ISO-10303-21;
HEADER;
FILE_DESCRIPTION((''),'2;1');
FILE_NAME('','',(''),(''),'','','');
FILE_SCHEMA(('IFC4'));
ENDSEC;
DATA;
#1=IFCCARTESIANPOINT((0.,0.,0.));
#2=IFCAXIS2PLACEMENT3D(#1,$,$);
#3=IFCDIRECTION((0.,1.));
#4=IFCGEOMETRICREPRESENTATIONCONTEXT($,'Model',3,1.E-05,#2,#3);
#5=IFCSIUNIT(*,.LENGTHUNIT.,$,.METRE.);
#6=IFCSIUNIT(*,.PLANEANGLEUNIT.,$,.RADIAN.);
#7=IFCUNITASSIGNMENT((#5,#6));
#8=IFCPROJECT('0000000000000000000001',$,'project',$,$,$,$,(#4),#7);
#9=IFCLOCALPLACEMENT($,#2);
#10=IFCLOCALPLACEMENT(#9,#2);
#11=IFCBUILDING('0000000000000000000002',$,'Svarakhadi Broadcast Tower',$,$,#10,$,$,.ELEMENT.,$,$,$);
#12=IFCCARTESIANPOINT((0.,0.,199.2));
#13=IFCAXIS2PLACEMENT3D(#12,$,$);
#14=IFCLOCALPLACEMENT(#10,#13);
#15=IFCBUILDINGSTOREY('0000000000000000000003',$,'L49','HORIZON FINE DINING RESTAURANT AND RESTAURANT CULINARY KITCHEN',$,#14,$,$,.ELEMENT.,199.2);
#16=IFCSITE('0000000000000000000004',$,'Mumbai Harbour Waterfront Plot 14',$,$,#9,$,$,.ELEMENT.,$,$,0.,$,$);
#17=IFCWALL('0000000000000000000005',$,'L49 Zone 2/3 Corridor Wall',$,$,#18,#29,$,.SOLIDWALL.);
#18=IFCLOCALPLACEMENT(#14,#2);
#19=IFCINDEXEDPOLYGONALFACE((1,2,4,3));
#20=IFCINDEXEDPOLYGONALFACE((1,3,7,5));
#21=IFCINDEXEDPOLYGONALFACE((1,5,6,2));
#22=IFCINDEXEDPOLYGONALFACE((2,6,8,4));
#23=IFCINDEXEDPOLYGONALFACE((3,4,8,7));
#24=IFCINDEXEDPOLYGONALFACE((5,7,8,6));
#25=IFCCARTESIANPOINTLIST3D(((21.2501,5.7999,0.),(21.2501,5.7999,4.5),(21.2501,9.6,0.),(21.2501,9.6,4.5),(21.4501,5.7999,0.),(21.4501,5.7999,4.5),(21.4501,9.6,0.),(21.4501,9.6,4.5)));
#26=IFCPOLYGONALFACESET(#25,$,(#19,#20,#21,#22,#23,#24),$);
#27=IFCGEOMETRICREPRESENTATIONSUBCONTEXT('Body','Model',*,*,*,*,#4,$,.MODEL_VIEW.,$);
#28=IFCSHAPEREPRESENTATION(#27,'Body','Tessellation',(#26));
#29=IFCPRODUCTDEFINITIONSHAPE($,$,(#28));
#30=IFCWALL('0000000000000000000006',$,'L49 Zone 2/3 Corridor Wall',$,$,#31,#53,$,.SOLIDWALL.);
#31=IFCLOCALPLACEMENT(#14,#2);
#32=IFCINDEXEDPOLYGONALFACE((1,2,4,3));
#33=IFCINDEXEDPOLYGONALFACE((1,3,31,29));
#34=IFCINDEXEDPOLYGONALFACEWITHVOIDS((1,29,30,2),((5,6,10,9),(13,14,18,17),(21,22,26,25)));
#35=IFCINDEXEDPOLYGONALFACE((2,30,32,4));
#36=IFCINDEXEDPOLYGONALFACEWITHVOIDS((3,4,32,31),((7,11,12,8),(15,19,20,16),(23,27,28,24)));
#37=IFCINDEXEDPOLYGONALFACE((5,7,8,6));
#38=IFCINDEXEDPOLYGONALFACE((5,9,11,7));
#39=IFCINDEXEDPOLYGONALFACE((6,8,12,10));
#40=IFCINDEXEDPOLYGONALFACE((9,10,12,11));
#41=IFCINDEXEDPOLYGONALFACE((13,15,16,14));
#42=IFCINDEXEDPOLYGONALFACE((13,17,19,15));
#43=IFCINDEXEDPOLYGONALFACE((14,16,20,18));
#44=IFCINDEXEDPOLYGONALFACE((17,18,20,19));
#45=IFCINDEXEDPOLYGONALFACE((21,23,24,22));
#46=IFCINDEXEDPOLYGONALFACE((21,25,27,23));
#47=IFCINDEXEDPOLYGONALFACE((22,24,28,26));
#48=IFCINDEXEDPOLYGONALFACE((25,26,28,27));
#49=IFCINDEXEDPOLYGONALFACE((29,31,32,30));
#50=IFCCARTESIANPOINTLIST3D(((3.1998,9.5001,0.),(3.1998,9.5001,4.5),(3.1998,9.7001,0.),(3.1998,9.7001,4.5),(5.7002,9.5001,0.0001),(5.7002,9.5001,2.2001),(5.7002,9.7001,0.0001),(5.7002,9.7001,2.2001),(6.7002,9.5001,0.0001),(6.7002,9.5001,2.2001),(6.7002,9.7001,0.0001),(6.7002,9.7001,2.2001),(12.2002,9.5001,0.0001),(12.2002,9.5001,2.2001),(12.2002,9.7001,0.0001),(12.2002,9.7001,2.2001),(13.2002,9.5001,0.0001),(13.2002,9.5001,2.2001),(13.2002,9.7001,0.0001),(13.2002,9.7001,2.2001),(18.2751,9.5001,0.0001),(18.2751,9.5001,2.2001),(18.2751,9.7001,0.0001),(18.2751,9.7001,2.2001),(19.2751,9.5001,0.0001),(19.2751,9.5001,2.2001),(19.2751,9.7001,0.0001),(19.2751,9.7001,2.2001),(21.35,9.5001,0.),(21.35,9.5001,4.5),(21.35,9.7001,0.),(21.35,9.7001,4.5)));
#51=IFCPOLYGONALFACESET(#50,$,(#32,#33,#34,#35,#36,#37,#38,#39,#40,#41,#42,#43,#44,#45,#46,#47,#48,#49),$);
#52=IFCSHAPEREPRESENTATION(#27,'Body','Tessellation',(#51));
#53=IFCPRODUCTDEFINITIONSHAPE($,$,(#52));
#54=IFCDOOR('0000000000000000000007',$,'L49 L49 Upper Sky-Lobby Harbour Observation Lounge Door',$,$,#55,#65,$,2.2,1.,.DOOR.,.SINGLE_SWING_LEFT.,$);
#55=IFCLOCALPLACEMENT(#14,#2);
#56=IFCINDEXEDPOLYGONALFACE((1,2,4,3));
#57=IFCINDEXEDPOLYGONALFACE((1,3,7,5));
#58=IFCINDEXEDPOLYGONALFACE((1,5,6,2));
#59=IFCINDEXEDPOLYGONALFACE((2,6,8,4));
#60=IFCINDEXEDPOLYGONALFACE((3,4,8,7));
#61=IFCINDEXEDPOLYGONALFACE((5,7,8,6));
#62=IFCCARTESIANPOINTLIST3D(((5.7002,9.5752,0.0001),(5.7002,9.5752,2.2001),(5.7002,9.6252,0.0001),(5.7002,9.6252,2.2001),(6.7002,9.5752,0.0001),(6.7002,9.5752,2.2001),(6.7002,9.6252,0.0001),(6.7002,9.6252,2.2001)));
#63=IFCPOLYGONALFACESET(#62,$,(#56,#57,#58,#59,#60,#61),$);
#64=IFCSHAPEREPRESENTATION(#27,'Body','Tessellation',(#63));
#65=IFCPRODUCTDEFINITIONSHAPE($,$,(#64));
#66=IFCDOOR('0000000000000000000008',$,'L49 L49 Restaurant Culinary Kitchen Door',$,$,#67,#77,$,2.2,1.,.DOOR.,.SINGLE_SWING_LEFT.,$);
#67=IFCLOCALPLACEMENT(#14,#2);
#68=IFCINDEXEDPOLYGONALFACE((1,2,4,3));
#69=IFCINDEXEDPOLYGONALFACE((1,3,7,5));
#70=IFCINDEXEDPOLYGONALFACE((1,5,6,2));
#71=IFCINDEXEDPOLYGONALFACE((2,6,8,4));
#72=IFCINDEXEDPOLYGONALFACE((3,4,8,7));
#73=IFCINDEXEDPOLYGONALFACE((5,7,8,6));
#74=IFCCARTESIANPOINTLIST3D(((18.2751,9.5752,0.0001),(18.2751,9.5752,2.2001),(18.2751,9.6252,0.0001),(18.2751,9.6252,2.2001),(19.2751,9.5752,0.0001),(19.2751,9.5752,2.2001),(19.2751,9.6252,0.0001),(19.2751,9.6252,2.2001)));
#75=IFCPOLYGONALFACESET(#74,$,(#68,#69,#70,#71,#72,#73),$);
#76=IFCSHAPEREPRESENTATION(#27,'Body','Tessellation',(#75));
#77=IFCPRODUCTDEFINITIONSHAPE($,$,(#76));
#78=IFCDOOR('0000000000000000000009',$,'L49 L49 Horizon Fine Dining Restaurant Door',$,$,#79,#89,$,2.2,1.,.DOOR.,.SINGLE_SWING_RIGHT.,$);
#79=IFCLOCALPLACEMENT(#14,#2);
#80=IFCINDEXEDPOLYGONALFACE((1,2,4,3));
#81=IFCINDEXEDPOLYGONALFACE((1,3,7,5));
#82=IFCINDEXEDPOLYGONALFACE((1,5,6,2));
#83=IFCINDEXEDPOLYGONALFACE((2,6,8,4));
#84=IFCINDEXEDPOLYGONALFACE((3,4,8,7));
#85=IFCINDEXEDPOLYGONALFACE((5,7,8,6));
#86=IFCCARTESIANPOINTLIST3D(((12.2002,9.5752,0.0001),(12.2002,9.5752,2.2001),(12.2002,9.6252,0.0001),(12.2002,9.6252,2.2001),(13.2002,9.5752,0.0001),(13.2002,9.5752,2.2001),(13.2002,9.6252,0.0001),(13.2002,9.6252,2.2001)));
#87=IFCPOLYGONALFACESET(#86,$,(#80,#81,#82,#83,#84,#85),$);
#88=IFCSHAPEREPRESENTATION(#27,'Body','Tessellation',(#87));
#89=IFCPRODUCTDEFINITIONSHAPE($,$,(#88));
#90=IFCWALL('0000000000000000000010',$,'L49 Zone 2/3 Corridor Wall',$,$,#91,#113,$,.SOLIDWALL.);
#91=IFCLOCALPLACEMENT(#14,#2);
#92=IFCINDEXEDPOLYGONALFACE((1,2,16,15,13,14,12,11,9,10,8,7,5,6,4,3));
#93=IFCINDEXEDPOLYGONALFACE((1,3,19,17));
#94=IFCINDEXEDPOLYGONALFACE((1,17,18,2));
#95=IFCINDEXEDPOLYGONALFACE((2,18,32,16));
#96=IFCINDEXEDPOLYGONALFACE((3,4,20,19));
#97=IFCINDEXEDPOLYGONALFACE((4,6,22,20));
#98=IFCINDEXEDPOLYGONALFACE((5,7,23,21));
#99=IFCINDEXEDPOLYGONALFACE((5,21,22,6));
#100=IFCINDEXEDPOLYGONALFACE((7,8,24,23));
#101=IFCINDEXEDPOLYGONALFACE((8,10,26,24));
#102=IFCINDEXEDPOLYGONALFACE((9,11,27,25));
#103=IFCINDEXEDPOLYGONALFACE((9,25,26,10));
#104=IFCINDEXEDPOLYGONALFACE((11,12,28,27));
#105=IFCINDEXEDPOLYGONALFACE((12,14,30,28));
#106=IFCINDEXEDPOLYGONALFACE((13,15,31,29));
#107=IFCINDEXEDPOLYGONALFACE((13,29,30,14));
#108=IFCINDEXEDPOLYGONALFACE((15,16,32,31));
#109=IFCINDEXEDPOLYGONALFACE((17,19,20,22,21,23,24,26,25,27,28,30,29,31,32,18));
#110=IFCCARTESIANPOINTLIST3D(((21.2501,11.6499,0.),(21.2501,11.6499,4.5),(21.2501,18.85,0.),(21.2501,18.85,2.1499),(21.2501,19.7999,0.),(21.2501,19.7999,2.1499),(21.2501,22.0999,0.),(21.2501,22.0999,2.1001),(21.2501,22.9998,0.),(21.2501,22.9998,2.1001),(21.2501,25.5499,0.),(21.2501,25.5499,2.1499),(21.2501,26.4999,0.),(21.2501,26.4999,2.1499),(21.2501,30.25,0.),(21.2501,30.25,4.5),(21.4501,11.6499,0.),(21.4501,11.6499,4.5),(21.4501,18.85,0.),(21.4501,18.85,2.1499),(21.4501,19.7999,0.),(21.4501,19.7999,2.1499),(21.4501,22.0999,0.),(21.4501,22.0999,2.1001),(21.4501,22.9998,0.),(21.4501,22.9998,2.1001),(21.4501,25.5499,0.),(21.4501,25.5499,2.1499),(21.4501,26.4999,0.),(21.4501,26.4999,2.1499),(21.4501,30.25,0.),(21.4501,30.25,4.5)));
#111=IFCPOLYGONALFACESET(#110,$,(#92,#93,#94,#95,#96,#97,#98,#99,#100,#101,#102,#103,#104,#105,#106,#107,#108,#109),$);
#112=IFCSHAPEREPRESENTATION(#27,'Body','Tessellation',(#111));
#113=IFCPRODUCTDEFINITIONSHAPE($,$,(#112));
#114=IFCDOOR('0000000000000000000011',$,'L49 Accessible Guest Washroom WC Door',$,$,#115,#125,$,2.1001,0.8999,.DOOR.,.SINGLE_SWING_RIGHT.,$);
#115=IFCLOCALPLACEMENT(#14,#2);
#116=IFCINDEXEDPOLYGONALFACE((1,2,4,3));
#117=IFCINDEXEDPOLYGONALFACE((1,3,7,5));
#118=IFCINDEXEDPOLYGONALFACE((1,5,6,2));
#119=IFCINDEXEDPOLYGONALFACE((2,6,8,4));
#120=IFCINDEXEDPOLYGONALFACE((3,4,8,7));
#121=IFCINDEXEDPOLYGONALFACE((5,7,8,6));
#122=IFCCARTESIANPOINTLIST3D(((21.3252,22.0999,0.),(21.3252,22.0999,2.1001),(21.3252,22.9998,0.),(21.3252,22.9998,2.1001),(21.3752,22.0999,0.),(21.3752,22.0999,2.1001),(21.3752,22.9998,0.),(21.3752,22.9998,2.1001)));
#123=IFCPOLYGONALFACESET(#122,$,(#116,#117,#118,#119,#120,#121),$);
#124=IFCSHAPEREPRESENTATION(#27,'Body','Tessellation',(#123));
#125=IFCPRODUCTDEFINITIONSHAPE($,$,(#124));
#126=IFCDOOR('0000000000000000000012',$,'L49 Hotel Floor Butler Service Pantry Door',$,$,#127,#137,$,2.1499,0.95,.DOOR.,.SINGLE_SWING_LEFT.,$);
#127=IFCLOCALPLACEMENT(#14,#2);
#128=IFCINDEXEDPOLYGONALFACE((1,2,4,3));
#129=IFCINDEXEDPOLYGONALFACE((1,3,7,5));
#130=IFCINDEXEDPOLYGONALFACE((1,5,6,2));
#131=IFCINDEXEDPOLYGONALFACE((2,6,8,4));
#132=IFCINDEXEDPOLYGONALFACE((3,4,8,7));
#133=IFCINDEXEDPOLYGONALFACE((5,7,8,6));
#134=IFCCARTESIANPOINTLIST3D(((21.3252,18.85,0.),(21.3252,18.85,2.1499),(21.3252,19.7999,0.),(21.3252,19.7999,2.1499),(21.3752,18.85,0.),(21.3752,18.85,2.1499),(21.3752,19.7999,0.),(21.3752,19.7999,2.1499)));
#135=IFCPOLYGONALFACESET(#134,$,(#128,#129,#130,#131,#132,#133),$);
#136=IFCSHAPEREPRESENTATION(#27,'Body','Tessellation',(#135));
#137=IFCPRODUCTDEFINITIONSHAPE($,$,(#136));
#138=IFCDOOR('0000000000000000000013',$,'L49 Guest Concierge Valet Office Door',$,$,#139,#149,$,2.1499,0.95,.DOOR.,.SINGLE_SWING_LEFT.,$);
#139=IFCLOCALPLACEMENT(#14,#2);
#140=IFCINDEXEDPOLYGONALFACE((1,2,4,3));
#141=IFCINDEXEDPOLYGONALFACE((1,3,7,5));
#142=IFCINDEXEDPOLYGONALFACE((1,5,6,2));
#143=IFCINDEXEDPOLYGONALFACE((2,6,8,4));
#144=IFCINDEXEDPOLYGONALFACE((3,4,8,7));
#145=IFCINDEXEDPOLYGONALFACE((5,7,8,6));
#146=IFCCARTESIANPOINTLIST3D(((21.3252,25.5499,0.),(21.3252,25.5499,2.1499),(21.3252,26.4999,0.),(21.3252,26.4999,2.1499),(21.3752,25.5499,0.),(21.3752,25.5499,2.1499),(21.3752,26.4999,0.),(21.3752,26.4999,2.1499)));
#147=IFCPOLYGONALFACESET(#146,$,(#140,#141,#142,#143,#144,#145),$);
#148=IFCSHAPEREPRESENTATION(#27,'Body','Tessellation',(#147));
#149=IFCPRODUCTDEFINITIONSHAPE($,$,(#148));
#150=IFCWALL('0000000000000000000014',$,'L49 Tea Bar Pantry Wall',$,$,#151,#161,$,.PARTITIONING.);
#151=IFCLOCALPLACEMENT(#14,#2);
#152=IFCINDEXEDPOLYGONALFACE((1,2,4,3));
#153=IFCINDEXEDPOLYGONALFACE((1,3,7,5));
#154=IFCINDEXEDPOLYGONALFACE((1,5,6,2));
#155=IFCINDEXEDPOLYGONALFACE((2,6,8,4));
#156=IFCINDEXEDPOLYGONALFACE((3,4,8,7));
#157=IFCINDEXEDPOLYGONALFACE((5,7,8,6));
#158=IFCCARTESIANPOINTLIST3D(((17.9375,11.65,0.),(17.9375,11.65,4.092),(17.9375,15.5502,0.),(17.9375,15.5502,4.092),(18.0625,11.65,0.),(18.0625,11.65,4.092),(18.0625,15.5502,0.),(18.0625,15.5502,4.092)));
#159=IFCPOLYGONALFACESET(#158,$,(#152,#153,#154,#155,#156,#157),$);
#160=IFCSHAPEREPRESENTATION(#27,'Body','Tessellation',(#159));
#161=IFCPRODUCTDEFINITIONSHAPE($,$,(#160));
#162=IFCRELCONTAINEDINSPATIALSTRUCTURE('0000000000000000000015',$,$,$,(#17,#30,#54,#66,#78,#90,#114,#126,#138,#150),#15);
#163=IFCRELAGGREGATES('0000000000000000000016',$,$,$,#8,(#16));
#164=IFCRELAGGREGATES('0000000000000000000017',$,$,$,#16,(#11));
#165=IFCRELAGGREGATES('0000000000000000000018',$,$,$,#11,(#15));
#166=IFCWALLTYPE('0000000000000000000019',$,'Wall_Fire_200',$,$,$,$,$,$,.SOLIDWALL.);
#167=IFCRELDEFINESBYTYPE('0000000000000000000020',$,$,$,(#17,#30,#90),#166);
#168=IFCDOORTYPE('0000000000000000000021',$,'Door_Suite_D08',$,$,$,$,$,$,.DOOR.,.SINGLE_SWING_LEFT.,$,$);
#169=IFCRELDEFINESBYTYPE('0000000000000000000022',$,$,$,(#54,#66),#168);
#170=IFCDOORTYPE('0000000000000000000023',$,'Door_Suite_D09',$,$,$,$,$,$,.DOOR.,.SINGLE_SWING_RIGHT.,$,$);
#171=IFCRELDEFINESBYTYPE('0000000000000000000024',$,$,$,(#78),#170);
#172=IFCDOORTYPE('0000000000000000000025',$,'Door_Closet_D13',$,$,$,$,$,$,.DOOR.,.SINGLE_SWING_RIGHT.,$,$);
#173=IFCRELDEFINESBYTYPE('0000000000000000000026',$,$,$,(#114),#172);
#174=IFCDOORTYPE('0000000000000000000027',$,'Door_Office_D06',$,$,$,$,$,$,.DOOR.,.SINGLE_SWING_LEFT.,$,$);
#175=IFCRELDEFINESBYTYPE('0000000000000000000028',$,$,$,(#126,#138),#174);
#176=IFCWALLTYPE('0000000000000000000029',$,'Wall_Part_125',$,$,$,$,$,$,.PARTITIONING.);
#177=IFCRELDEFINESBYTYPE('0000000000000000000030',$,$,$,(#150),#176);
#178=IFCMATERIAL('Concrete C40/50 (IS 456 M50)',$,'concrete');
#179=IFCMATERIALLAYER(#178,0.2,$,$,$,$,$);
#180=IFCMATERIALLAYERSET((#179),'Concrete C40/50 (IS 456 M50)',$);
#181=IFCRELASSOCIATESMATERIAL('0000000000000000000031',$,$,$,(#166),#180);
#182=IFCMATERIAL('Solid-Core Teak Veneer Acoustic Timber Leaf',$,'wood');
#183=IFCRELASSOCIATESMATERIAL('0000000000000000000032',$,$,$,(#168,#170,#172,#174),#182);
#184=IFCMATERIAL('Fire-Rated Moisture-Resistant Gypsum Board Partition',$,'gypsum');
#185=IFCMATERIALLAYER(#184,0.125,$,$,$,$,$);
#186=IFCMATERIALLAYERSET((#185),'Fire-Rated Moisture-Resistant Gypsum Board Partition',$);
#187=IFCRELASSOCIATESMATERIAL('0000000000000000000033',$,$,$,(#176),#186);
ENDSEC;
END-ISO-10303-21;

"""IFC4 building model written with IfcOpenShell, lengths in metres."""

from ifc_helpers import new_model, si_unit, direction, frame, frame_2d, origin, place, context, subcontext, project, spatial, rectangle, extrude, material, layer, layer_set, type_object, element, fill, save


model = new_model("IFC4")

# Units and contexts
model_context = context("Model", 3, precision=1e-05, world=origin(), true_north=direction((0.0, 1.0)))
body_context = subcontext(model_context, "Body", "Model", "MODEL_VIEW")
ifc_project = project(units=[si_unit("LENGTHUNIT", "METRE"), si_unit("PLANEANGLEUNIT", "RADIAN")], contexts=[model_context])

# Site, building, storey
site_placement = place(None, origin())
site = spatial("IfcSite", under=ifc_project, at=site_placement, Name="Mumbai Harbour Waterfront Plot 14", CompositionType="ELEMENT", RefElevation=0.0)
building_placement = place(site_placement, origin())
building = spatial("IfcBuilding", under=site, at=building_placement, Name="Svarakhadi Broadcast Tower", CompositionType="ELEMENT")
storey_placement = place(building_placement, frame((0.0, 0.0, 199.2)))
storey = spatial("IfcBuildingStorey", under=building, at=storey_placement, Name="L49", Description="HORIZON FINE DINING RESTAURANT AND RESTAURANT CULINARY KITCHEN", CompositionType="ELEMENT", Elevation=199.2)

# Wall
ifc_material_1 = material(Name="Concrete C40/50 (IS 456 M50)", Category="concrete")
ifc_layer_1 = layer(ifc_material_1, 0.2)
ifc_layer_set_1 = layer_set([ifc_layer_1], Name="Concrete C40/50 (IS 456 M50)")
wall_type_1 = type_object("IfcWallType", Name="Wall_Fire_200", PredefinedType="SOLIDWALL", material=ifc_layer_set_1)
wall_1_placement = place(storey_placement, frame((21.3501, 5.8, 0.0), z_axis=(0.0, 0.0, 1.0), x_axis=(0.0, 1.0, 0.0)))
element("IfcWall", 1, at=wall_1_placement, inside=storey, type_object=wall_type_1, Name="L49 Zone 2/3 Corridor Wall", PredefinedType="SOLIDWALL", context=body_context, shape_type="SweptSolid", body=[
    extrude(rectangle(XDim=3.8, YDim=0.2, at=frame_2d((1.8999, 0.0))), origin(), (0.0, 0.0, 1.0), 4.5),
])

# Walls, openings, doors
wall_2_placement = place(storey_placement, frame((21.3501, 9.6001, 0.0), z_axis=(0.0, 0.0, 1.0), x_axis=(-1.0, 0.0, 0.0)))
wall_2 = element("IfcWall", 2, at=wall_2_placement, inside=storey, type_object=wall_type_1, Name="L49 Zone 2/3 Corridor Wall", PredefinedType="SOLIDWALL", context=body_context, shape_type="SweptSolid", body=[
    extrude(rectangle(XDim=18.1501, YDim=0.2, at=frame_2d((9.0752, 0.0))), origin(), (0.0, 0.0, 1.0), 4.5),
])
opening_1_placement = place(wall_2_placement, frame((14.6499, 0.0, 0.0)))
opening_1 = element("IfcOpeningElement", 3, at=opening_1_placement, cuts=wall_2, PredefinedType="OPENING", context=body_context, shape_type="SweptSolid", body=[
    extrude(rectangle(XDim=1.0, YDim=2.2, at=frame_2d((0.5, 1.1001))), frame((0.0, 0.1099, 0.0), z_axis=(0.0, -1.0, 0.0), x_axis=(1.0, 0.0, 0.0)), (0.0, 0.0, 1.0), 0.22),
])
opening_2_placement = place(wall_2_placement, frame((8.1499, 0.0, 0.0)))
opening_2 = element("IfcOpeningElement", 4, at=opening_2_placement, cuts=wall_2, PredefinedType="OPENING", context=body_context, shape_type="SweptSolid", body=[
    extrude(rectangle(XDim=1.0, YDim=2.2, at=frame_2d((0.5, 1.1001))), frame((0.0, 0.1099, 0.0), z_axis=(0.0, -1.0, 0.0), x_axis=(1.0, 0.0, 0.0)), (0.0, 0.0, 1.0), 0.22),
])
opening_3_placement = place(wall_2_placement, frame((2.075, 0.0, 0.0)))
opening_3 = element("IfcOpeningElement", 5, at=opening_3_placement, cuts=wall_2, PredefinedType="OPENING", context=body_context, shape_type="SweptSolid", body=[
    extrude(rectangle(XDim=1.0, YDim=2.2, at=frame_2d((0.5, 1.1001))), frame((0.0, 0.1099, 0.0), z_axis=(0.0, -1.0, 0.0), x_axis=(1.0, 0.0, 0.0)), (0.0, 0.0, 1.0), 0.22),
])
ifc_material_2 = material(Name="Solid-Core Teak Veneer Acoustic Timber Leaf", Category="wood")
door_type_1 = type_object("IfcDoorType", Name="Door_Suite_D08", OperationType="SINGLE_SWING_LEFT", PredefinedType="DOOR", material=ifc_material_2)
door_1_placement = place(opening_1_placement, origin())
door_1 = element("IfcDoor", 6, at=door_1_placement, inside=storey, type_object=door_type_1, Name="L49 L49 Upper Sky-Lobby Harbour Observation Lounge Door", OperationType="SINGLE_SWING_LEFT", OverallHeight=2.2, OverallWidth=1.0, PredefinedType="DOOR", context=body_context, shape_type="SweptSolid", body=[
    extrude(rectangle(XDim=1.0, YDim=2.2, at=frame_2d((0.5, 1.1001))), frame((0.0, 0.0249, 0.0), z_axis=(0.0, -1.0, 0.0), x_axis=(1.0, 0.0, 0.0)), (0.0, 0.0, 1.0), 0.05),
])
fill(opening_1, door_1)
door_2_placement = place(opening_3_placement, origin())
door_2 = element("IfcDoor", 7, at=door_2_placement, inside=storey, type_object=door_type_1, Name="L49 L49 Restaurant Culinary Kitchen Door", OperationType="SINGLE_SWING_LEFT", OverallHeight=2.2, OverallWidth=1.0, PredefinedType="DOOR", context=body_context, shape_type="SweptSolid", body=[
    extrude(rectangle(XDim=1.0, YDim=2.2, at=frame_2d((0.5, 1.1001))), frame((0.0, 0.0249, 0.0), z_axis=(0.0, -1.0, 0.0), x_axis=(1.0, 0.0, 0.0)), (0.0, 0.0, 1.0), 0.05),
])
fill(opening_3, door_2)
door_type_2 = type_object("IfcDoorType", Name="Door_Suite_D09", OperationType="SINGLE_SWING_RIGHT", PredefinedType="DOOR", material=ifc_material_2)
door_3_placement = place(opening_2_placement, origin())
door_3 = element("IfcDoor", 8, at=door_3_placement, inside=storey, type_object=door_type_2, Name="L49 L49 Horizon Fine Dining Restaurant Door", OperationType="SINGLE_SWING_RIGHT", OverallHeight=2.2, OverallWidth=1.0, PredefinedType="DOOR", context=body_context, shape_type="SweptSolid", body=[
    extrude(rectangle(XDim=1.0, YDim=2.2, at=frame_2d((0.5, 1.1001))), frame((0.0, 0.0249, 0.0), z_axis=(0.0, -1.0, 0.0), x_axis=(1.0, 0.0, 0.0)), (0.0, 0.0, 1.0), 0.05),
])
fill(opening_2, door_3)
wall_3_placement = place(storey_placement, frame((21.3501, 11.6499, 0.0), z_axis=(0.0, 0.0, 1.0), x_axis=(0.0, 1.0, 0.0)))
wall_3 = element("IfcWall", 9, at=wall_3_placement, inside=storey, type_object=wall_type_1, Name="L49 Zone 2/3 Corridor Wall", PredefinedType="SOLIDWALL", context=body_context, shape_type="SweptSolid", body=[
    extrude(rectangle(XDim=18.6001, YDim=0.2, at=frame_2d((9.3, 0.0))), origin(), (0.0, 0.0, 1.0), 4.5),
])
opening_4_placement = place(wall_3_placement, frame((7.2, 0.0, 0.0)))
opening_4 = element("IfcOpeningElement", 10, at=opening_4_placement, cuts=wall_3, PredefinedType="OPENING", context=body_context, shape_type="SweptSolid", body=[
    extrude(rectangle(XDim=0.95, YDim=2.1499, at=frame_2d((0.4751, 1.075))), frame((0.0, 0.1099, 0.0), z_axis=(0.0, -1.0, 0.0), x_axis=(1.0, 0.0, 0.0)), (0.0, 0.0, 1.0), 0.22),
])
opening_5_placement = place(wall_3_placement, frame((10.45, 0.0, 0.0)))
opening_5 = element("IfcOpeningElement", 11, at=opening_5_placement, cuts=wall_3, PredefinedType="OPENING", context=body_context, shape_type="SweptSolid", body=[
    extrude(rectangle(XDim=0.8999, YDim=2.1001, at=frame_2d((0.45, 1.05))), frame((0.0, 0.1099, 0.0), z_axis=(0.0, -1.0, 0.0), x_axis=(1.0, 0.0, 0.0)), (0.0, 0.0, 1.0), 0.22),
])
opening_6_placement = place(wall_3_placement, frame((13.8999, 0.0, 0.0)))
opening_6 = element("IfcOpeningElement", 12, at=opening_6_placement, cuts=wall_3, PredefinedType="OPENING", context=body_context, shape_type="SweptSolid", body=[
    extrude(rectangle(XDim=0.95, YDim=2.1499, at=frame_2d((0.4751, 1.075))), frame((0.0, 0.1099, 0.0), z_axis=(0.0, -1.0, 0.0), x_axis=(1.0, 0.0, 0.0)), (0.0, 0.0, 1.0), 0.22),
])
door_type_3 = type_object("IfcDoorType", Name="Door_Closet_D13", OperationType="SINGLE_SWING_RIGHT", PredefinedType="DOOR", material=ifc_material_2)
door_4_placement = place(opening_5_placement, origin())
door_4 = element("IfcDoor", 13, at=door_4_placement, inside=storey, type_object=door_type_3, Name="L49 Accessible Guest Washroom WC Door", OperationType="SINGLE_SWING_RIGHT", OverallHeight=2.1001, OverallWidth=0.8999, PredefinedType="DOOR", context=body_context, shape_type="SweptSolid", body=[
    extrude(rectangle(XDim=0.8999, YDim=2.1001, at=frame_2d((0.45, 1.05))), frame((0.0, 0.0249, 0.0), z_axis=(0.0, -1.0, 0.0), x_axis=(1.0, 0.0, 0.0)), (0.0, 0.0, 1.0), 0.05),
])
fill(opening_5, door_4)
door_type_4 = type_object("IfcDoorType", Name="Door_Office_D06", OperationType="SINGLE_SWING_LEFT", PredefinedType="DOOR", material=ifc_material_2)
door_5_placement = place(opening_4_placement, origin())
door_5 = element("IfcDoor", 14, at=door_5_placement, inside=storey, type_object=door_type_4, Name="L49 Hotel Floor Butler Service Pantry Door", OperationType="SINGLE_SWING_LEFT", OverallHeight=2.1499, OverallWidth=0.95, PredefinedType="DOOR", context=body_context, shape_type="SweptSolid", body=[
    extrude(rectangle(XDim=0.95, YDim=2.1499, at=frame_2d((0.4751, 1.075))), frame((0.0, 0.0249, 0.0), z_axis=(0.0, -1.0, 0.0), x_axis=(1.0, 0.0, 0.0)), (0.0, 0.0, 1.0), 0.05),
])
fill(opening_4, door_5)
door_6_placement = place(opening_6_placement, origin())
door_6 = element("IfcDoor", 15, at=door_6_placement, inside=storey, type_object=door_type_4, Name="L49 Guest Concierge Valet Office Door", OperationType="SINGLE_SWING_LEFT", OverallHeight=2.1499, OverallWidth=0.95, PredefinedType="DOOR", context=body_context, shape_type="SweptSolid", body=[
    extrude(rectangle(XDim=0.95, YDim=2.1499, at=frame_2d((0.4751, 1.075))), frame((0.0, 0.0249, 0.0), z_axis=(0.0, -1.0, 0.0), x_axis=(1.0, 0.0, 0.0)), (0.0, 0.0, 1.0), 0.05),
])
fill(opening_6, door_6)

# Wall
ifc_material_3 = material(Name="Fire-Rated Moisture-Resistant Gypsum Board Partition", Category="gypsum")
ifc_layer_2 = layer(ifc_material_3, 0.125)
ifc_layer_set_2 = layer_set([ifc_layer_2], Name="Fire-Rated Moisture-Resistant Gypsum Board Partition")
wall_type_2 = type_object("IfcWallType", Name="Wall_Part_125", PredefinedType="PARTITIONING", material=ifc_layer_set_2)
wall_4_placement = place(storey_placement, frame((18.0, 11.6499, 0.0), z_axis=(0.0, 0.0, 1.0), x_axis=(0.0, 1.0, 0.0)))
element("IfcWall", 16, at=wall_4_placement, inside=storey, type_object=wall_type_2, Name="L49 Tea Bar Pantry Wall", PredefinedType="PARTITIONING", context=body_context, shape_type="SweptSolid", body=[
    extrude(rectangle(XDim=3.9001, YDim=0.125, at=frame_2d((1.9502, 0.0))), origin(), (0.0, 0.0, 1.0), 4.092),
])

save(model, "model.ifc")
